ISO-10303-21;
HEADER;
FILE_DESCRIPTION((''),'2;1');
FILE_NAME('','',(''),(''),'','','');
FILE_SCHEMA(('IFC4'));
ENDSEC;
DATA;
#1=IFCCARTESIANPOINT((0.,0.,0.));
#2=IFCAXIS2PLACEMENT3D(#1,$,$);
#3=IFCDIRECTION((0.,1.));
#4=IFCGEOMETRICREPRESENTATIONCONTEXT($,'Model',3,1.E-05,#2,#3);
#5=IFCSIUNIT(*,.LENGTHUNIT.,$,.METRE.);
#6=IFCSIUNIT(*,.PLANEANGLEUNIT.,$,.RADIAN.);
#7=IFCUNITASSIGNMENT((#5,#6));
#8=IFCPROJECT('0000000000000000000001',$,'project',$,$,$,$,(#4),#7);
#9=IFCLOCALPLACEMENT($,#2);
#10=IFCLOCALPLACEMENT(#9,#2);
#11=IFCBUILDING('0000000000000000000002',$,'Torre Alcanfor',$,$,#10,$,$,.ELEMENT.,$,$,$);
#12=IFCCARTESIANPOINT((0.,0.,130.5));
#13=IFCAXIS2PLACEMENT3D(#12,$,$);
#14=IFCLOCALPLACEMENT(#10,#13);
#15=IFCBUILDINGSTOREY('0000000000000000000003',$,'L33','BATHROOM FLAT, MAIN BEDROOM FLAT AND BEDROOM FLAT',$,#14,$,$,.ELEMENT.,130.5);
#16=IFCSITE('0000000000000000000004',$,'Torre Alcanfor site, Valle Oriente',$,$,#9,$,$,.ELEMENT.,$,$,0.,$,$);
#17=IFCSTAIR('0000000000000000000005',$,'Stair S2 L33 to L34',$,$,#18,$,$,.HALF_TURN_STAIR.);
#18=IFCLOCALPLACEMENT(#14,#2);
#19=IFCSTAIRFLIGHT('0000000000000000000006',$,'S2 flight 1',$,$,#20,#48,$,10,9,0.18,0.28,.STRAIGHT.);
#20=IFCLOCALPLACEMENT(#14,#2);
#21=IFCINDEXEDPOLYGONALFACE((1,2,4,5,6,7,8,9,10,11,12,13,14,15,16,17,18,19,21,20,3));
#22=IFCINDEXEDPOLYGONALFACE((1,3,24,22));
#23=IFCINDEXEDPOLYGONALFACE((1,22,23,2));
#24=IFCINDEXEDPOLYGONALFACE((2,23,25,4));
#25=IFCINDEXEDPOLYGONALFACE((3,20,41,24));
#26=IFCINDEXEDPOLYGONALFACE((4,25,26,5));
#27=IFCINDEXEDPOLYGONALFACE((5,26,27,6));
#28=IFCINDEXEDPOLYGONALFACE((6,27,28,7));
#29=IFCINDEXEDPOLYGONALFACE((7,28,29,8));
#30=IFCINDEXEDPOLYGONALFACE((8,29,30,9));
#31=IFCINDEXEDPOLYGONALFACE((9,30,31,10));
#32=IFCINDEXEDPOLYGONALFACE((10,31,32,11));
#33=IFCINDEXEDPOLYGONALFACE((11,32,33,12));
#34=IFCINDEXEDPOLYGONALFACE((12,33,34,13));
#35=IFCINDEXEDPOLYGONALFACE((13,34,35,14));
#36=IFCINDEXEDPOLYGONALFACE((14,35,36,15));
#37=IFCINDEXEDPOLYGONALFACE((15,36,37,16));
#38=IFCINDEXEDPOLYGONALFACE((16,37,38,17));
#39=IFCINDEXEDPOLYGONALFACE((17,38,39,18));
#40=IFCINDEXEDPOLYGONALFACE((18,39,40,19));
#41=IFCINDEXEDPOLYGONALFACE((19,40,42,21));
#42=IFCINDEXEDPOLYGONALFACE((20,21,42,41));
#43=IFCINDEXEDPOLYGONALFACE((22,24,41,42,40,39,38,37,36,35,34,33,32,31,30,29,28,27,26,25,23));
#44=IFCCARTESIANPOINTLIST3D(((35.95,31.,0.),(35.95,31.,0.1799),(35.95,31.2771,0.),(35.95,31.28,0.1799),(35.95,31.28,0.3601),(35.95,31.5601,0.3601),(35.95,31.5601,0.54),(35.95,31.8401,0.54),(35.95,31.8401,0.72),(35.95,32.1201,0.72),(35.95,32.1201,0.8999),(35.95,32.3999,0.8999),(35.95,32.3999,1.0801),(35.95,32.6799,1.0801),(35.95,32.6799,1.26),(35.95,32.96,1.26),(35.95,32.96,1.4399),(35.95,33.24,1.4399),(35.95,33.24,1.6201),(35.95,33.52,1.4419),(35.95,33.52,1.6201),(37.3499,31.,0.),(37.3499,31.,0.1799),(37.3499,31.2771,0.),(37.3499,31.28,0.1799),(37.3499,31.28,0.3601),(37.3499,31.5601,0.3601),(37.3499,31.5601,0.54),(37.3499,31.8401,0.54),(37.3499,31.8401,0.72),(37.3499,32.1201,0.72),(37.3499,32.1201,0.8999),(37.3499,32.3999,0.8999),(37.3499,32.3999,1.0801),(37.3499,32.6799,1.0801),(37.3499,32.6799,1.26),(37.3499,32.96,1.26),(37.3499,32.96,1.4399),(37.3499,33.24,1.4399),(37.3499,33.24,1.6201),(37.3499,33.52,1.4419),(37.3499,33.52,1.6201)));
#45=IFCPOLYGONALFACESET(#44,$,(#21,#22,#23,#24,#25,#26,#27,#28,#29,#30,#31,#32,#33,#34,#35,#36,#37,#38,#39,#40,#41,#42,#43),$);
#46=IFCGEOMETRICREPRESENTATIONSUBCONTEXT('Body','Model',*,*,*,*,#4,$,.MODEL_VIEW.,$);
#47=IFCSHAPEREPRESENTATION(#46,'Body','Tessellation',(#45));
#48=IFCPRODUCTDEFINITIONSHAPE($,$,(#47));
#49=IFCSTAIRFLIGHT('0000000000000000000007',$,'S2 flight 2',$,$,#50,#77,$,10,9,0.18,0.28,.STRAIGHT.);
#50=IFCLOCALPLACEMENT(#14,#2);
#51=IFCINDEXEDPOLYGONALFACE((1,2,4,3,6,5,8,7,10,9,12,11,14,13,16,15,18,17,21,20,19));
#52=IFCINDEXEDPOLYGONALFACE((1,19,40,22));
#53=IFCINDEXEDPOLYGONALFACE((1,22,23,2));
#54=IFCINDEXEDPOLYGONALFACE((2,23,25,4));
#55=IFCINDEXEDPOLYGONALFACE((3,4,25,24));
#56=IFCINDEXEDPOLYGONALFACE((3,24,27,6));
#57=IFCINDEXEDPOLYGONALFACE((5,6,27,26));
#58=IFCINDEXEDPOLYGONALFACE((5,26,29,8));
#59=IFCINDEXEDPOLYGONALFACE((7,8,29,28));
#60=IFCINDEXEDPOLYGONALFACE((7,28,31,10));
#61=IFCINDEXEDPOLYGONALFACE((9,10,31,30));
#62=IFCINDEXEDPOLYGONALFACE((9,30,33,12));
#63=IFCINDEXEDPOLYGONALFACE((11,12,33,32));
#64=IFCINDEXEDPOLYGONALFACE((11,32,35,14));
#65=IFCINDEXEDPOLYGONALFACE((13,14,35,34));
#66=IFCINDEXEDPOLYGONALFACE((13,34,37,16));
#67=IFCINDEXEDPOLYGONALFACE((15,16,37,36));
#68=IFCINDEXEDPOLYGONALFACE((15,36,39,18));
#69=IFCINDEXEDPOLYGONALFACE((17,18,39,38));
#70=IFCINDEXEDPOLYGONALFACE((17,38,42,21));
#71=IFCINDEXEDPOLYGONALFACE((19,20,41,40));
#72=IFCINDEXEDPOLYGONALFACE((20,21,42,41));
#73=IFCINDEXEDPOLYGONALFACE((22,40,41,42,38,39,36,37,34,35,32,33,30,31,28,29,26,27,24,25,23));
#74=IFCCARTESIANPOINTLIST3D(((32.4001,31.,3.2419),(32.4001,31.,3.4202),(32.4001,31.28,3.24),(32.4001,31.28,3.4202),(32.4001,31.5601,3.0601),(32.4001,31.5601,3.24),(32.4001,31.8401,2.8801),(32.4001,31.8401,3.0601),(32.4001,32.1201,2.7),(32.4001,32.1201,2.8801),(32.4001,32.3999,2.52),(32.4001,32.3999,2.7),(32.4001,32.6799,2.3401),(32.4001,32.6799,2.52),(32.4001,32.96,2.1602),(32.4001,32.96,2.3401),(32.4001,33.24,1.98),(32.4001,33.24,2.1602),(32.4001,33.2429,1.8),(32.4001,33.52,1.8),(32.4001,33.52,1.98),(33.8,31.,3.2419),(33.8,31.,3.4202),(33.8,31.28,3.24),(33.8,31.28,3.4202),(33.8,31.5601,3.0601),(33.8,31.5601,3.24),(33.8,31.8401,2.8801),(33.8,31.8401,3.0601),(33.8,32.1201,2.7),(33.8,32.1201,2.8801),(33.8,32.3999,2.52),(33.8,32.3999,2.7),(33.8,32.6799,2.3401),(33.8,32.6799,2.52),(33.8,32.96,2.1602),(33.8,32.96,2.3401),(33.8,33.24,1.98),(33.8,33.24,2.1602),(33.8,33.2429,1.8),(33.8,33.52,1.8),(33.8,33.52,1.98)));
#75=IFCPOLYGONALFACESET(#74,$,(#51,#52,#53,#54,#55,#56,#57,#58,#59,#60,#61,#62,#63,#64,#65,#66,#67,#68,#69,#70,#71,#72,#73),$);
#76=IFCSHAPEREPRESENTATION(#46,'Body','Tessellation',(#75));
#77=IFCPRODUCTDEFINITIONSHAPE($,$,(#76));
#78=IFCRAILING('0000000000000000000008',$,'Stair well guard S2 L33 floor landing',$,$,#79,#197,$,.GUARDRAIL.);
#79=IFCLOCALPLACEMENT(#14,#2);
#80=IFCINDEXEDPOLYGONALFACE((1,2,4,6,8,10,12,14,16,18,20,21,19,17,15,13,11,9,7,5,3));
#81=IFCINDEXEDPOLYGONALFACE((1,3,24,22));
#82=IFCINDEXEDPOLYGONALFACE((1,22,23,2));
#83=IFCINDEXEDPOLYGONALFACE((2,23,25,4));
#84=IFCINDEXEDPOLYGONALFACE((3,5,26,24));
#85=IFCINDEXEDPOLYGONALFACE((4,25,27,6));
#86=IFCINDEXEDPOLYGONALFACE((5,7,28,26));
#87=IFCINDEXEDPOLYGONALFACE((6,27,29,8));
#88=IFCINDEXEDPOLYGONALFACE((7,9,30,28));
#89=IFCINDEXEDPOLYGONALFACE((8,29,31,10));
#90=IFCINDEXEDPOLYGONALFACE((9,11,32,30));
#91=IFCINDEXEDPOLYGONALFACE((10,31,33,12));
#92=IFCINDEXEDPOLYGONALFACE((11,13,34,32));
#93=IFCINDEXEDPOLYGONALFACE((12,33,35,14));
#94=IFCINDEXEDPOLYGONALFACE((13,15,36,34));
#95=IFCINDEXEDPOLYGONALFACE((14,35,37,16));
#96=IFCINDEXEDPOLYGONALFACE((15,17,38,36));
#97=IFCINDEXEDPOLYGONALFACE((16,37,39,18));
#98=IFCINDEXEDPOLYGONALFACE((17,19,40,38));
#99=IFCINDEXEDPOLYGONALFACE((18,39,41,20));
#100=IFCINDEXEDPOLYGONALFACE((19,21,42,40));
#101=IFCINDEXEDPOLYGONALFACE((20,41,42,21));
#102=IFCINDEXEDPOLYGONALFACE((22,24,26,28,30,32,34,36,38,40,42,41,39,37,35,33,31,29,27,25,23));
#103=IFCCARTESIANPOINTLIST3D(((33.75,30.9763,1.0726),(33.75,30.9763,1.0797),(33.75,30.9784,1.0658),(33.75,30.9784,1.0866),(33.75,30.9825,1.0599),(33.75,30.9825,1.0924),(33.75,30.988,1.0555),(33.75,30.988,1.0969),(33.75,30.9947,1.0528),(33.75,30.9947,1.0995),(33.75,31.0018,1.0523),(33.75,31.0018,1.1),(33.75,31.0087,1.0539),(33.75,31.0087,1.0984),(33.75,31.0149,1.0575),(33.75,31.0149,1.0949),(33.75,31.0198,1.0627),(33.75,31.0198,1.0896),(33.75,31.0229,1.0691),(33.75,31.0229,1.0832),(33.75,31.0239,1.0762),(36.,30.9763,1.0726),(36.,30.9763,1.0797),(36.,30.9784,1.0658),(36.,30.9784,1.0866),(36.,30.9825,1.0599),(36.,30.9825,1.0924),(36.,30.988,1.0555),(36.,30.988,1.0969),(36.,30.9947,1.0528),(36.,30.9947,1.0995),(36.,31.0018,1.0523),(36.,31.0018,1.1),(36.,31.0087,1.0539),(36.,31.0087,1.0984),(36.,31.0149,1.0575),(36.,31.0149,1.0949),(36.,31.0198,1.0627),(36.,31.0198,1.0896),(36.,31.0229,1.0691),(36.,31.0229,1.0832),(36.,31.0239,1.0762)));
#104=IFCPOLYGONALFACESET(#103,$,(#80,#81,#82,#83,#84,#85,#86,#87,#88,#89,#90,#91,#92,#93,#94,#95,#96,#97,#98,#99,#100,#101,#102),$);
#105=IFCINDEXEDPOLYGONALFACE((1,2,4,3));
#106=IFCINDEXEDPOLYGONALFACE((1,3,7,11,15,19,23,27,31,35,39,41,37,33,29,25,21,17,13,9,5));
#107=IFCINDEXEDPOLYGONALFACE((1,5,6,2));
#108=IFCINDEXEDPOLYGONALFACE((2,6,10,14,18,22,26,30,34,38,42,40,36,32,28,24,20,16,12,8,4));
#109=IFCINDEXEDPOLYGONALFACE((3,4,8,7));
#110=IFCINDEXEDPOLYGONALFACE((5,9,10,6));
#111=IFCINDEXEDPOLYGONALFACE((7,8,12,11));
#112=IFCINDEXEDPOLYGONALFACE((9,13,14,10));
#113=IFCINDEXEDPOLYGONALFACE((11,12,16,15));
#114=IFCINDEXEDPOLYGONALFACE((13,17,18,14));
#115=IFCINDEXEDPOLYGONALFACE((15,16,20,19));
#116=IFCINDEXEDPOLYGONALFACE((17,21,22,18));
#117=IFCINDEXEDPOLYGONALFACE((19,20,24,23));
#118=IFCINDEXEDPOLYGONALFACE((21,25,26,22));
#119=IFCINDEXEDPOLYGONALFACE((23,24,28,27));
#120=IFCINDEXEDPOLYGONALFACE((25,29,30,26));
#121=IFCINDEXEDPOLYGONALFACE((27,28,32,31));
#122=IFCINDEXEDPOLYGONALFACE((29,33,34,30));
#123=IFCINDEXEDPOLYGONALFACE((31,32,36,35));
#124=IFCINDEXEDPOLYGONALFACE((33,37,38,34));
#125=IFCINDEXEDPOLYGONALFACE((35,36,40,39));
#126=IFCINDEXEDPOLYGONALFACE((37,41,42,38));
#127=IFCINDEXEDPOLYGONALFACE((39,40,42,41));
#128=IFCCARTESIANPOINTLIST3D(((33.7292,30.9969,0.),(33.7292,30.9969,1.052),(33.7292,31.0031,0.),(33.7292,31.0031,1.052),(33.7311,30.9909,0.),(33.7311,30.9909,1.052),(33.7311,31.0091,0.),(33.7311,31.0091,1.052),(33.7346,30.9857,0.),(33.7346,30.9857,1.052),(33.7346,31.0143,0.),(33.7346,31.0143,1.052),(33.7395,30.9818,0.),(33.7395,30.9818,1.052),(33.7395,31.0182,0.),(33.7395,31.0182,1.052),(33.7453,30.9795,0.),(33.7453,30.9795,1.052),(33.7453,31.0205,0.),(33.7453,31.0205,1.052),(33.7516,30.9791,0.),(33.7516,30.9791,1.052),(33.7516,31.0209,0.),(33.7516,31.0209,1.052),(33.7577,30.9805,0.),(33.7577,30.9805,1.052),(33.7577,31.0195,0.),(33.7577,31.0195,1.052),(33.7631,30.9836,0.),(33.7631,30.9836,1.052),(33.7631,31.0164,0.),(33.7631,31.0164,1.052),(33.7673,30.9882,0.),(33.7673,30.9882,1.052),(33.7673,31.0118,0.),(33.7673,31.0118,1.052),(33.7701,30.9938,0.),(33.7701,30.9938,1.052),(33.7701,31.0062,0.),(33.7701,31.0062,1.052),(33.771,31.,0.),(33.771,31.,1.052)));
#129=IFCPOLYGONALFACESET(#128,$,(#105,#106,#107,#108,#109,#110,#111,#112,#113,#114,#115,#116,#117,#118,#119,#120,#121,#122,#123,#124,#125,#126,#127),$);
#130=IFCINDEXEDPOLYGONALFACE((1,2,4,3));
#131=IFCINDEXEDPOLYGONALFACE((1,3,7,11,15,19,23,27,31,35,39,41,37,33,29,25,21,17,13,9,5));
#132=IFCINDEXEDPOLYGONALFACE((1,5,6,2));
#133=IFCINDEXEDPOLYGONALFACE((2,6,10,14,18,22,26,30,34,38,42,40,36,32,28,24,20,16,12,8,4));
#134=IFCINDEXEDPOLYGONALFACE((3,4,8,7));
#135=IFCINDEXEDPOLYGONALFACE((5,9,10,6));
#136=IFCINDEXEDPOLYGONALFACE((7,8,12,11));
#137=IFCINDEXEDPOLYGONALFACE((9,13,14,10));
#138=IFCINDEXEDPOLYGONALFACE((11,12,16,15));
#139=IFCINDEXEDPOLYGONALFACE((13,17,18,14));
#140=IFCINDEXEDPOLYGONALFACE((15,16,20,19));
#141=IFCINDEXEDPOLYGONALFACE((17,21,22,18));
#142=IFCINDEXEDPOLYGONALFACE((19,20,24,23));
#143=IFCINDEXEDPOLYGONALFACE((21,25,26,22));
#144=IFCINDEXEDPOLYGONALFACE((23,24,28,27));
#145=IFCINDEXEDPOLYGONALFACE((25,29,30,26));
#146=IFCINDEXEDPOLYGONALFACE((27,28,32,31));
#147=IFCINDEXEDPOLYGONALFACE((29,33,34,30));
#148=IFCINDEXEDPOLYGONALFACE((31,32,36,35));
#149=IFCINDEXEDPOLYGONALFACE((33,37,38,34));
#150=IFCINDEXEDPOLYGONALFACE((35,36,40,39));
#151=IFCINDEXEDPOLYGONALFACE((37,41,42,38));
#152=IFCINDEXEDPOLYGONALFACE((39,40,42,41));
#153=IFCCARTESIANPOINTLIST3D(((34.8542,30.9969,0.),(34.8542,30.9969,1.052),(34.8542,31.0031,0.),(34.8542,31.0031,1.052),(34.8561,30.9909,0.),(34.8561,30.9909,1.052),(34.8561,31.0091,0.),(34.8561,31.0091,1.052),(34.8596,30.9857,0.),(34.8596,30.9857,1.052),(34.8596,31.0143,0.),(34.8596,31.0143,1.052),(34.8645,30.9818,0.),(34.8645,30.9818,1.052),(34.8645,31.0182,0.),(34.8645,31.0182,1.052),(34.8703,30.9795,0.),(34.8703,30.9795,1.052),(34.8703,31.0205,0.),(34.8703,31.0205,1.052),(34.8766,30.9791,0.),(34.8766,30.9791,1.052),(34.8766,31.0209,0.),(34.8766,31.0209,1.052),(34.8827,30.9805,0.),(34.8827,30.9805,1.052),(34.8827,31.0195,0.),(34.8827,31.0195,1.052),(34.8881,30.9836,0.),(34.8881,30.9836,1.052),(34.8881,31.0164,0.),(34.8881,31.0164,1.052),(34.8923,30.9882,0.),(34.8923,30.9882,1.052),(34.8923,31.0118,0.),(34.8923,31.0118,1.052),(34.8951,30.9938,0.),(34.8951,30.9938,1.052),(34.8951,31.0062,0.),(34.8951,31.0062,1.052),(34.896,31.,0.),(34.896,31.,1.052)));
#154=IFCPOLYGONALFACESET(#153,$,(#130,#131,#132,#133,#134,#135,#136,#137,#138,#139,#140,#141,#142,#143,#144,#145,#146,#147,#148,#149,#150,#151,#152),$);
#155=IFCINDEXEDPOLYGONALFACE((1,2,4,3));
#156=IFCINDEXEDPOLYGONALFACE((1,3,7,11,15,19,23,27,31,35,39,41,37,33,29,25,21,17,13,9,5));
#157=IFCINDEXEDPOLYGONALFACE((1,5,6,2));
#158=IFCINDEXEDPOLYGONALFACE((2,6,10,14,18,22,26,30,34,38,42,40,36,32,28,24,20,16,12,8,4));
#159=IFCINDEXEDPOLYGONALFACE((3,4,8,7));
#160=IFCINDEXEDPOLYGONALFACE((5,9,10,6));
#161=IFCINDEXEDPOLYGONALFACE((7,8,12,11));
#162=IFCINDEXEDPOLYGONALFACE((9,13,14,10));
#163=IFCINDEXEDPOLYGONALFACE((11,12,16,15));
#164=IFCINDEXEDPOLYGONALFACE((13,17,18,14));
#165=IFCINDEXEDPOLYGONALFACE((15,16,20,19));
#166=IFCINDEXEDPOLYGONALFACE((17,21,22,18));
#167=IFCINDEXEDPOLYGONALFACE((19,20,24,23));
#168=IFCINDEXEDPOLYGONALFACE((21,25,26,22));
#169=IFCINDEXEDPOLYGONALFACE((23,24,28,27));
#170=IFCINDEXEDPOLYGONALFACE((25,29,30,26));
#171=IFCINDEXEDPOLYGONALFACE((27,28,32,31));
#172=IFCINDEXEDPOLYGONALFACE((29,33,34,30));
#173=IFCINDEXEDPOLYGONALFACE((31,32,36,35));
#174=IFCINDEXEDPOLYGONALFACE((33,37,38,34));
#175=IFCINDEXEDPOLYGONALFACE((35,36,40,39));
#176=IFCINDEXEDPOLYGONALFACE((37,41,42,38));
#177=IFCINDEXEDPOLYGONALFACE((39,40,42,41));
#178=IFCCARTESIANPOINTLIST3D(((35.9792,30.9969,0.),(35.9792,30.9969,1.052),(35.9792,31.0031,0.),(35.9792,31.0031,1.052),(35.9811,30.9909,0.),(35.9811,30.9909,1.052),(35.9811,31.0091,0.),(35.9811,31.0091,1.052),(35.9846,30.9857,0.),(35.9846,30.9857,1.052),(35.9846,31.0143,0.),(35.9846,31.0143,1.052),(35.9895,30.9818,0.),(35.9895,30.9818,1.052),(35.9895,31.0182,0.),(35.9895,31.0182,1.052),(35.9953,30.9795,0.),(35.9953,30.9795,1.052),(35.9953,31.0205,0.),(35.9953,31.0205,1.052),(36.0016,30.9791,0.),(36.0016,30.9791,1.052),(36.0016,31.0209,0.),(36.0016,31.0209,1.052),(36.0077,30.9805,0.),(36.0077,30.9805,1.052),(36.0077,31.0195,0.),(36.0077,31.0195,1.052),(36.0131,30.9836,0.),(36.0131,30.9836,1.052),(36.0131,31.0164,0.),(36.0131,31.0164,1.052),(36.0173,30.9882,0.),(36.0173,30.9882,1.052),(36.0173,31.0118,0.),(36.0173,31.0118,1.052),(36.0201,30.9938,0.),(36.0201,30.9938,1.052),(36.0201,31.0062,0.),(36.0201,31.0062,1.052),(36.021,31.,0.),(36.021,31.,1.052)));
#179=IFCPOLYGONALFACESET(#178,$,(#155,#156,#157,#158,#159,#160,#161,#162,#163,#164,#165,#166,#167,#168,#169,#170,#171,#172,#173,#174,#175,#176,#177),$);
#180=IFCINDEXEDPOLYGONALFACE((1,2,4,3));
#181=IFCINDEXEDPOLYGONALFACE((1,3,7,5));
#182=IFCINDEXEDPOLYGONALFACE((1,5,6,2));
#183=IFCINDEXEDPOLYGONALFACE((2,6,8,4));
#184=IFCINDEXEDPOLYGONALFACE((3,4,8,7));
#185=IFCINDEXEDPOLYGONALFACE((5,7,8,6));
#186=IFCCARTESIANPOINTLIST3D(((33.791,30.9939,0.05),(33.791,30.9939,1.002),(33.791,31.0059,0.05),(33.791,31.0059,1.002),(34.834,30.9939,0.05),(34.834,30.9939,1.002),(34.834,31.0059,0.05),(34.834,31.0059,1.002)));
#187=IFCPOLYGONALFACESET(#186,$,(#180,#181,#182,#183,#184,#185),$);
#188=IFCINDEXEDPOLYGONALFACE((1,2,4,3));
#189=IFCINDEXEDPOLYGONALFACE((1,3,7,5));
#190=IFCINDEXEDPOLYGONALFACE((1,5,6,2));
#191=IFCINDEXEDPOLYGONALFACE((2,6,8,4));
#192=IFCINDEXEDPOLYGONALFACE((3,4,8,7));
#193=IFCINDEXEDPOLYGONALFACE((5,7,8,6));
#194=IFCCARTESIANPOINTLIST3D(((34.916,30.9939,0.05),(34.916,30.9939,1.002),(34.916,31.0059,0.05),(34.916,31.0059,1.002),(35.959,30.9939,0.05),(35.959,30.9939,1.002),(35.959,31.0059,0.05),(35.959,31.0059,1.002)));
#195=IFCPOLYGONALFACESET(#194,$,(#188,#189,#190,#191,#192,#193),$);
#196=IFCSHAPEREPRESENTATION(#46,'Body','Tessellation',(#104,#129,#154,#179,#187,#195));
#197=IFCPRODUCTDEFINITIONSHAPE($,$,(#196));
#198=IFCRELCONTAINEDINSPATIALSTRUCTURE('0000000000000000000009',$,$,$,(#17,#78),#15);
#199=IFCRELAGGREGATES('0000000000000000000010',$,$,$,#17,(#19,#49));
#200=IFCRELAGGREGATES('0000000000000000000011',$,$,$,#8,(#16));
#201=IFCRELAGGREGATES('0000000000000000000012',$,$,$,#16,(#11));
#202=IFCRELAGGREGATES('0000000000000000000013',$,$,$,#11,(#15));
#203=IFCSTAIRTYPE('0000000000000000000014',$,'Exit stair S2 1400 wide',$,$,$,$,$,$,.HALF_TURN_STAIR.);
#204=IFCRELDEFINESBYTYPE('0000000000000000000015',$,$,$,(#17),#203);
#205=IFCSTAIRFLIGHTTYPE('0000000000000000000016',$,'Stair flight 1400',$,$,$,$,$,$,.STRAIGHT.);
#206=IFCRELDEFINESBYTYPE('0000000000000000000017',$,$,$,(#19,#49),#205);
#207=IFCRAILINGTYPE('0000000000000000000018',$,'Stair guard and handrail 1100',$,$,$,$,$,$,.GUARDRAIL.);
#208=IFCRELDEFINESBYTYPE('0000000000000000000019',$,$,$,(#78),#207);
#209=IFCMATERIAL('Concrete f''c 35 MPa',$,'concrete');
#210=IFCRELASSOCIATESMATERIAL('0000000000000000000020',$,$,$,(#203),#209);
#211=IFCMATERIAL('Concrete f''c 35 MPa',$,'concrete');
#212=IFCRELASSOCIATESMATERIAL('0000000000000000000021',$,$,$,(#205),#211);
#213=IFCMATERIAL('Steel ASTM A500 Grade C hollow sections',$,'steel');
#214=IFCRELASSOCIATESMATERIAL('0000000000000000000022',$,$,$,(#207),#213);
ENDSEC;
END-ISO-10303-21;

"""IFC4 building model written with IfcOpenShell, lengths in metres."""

from ifc_helpers import new_model, si_unit, direction, frame, origin, origin_2d, place, context, subcontext, project, spatial, polyline, circle, outline, extrude, material, type_object, element, aggregate, save


model = new_model("IFC4")

# Units and contexts
model_context = context("Model", 3, precision=1e-05, world=origin(), true_north=direction((0.0, 1.0)))
body_context = subcontext(model_context, "Body", "Model", "MODEL_VIEW")
ifc_project = project(units=[si_unit("LENGTHUNIT", "METRE"), si_unit("PLANEANGLEUNIT", "RADIAN")], contexts=[model_context])

# Site, building, storey
site_placement = place(None, origin())
site = spatial("IfcSite", under=ifc_project, at=site_placement, Name="Torre Alcanfor site, Valle Oriente", CompositionType="ELEMENT", RefElevation=0.0)
building_placement = place(site_placement, origin())
building = spatial("IfcBuilding", under=site, at=building_placement, Name="Torre Alcanfor", CompositionType="ELEMENT")
storey_placement = place(building_placement, frame((0.0, 0.0, 130.5)))
storey = spatial("IfcBuildingStorey", under=building, at=storey_placement, Name="L33", Description="BATHROOM FLAT, MAIN BEDROOM FLAT AND BEDROOM FLAT", CompositionType="ELEMENT", Elevation=130.5)

# Stair, stair flights
ifc_material_1 = material(Name="Concrete f'c 35 MPa", Category="concrete")
stair_type = type_object("IfcStairType", Name="Exit stair S2 1400 wide", PredefinedType="HALF_TURN_STAIR", material=ifc_material_1)
stair_placement = place(storey_placement, origin())
stair = element("IfcStair", 1, at=stair_placement, inside=storey, type_object=stair_type, Name="Stair S2 L33 to L34", PredefinedType="HALF_TURN_STAIR")
ifc_material_2 = material(Name="Concrete f'c 35 MPa", Category="concrete")
stair_flight_type = type_object("IfcStairFlightType", Name="Stair flight 1400", PredefinedType="STRAIGHT", material=ifc_material_2)
stair_flight_1_placement = place(storey_placement, frame((36.6499, 31.0, 0.0), z_axis=(0.0, 0.0, 1.0), x_axis=(0.0, 1.0, 0.0)))
stair_flight_1 = element("IfcStairFlight", 2, at=stair_flight_1_placement, type_object=stair_flight_type, Name="S2 flight 1", NumberOfRisers=10, NumberOfTreads=9, PredefinedType="STRAIGHT", RiserHeight=0.18, TreadLength=0.28, context=body_context, shape_type="SweptSolid", body=[
    extrude(outline(polyline([(0.0, 0.0), (0.0, 0.1799), (0.28, 0.1799), (0.28, 0.3601), (0.5601, 0.3601), (0.5601, 0.54), (0.8401, 0.54), (0.8401, 0.72), (1.1201, 0.72), (1.1201, 0.8999), (1.3999, 0.8999), (1.3999, 1.0801), (1.6799, 1.0801), (1.6799, 1.26), (1.96, 1.26), (1.96, 1.4399), (2.24, 1.4399), (2.24, 1.6201), (2.52, 1.6201), (2.52, 1.8), (2.52, 1.4419), (0.2771, 0.0), (0.0, 0.0)])), frame((0.0, 0.7, 0.0), z_axis=(0.0, -1.0, 0.0), x_axis=(1.0, 0.0, 0.0)), (0.0, 0.0, 1.0), 1.3999),
])
stair_flight_2_placement = place(storey_placement, frame((33.1001, 33.52, 1.8), z_axis=(0.0, 0.0, 1.0), x_axis=(0.0, -1.0, 0.0)))
stair_flight_2 = element("IfcStairFlight", 3, at=stair_flight_2_placement, type_object=stair_flight_type, Name="S2 flight 2", NumberOfRisers=10, NumberOfTreads=9, PredefinedType="STRAIGHT", RiserHeight=0.18, TreadLength=0.28, context=body_context, shape_type="SweptSolid", body=[
    extrude(outline(polyline([(0.0, 0.0), (0.0, 0.1799), (0.28, 0.1799), (0.28, 0.3601), (0.5601, 0.3601), (0.5601, 0.54), (0.8401, 0.54), (0.8401, 0.72), (1.1201, 0.72), (1.1201, 0.8999), (1.3999, 0.8999), (1.3999, 1.0801), (1.6799, 1.0801), (1.6799, 1.26), (1.96, 1.26), (1.96, 1.4399), (2.24, 1.4399), (2.24, 1.6201), (2.52, 1.6201), (2.52, 1.8), (2.52, 1.4419), (0.2771, 0.0), (0.0, 0.0)])), frame((0.0, 0.7, 0.0), z_axis=(0.0, -1.0, 0.0), x_axis=(1.0, 0.0, 0.0)), (0.0, 0.0, 1.0), 1.3999),
])
aggregate(stair, [stair_flight_1, stair_flight_2])

# Railing
ifc_material_3 = material(Name="Steel ASTM A500 Grade C hollow sections", Category="steel")
railing_type_1 = type_object("IfcRailingType", Name="Stair guard and handrail 1100", PredefinedType="GUARDRAIL", material=ifc_material_3)
for number, where, name in (
    (4, (33.75, 31.0, 0.0), "Stair well guard S2 L33 floor landing"),
):
    element("IfcRailing", number, at=place(storey_placement, frame(where)), inside=storey, type_object=railing_type_1, Name=name, PredefinedType="GUARDRAIL", context=body_context, shape_type="SweptSolid", body=[
        extrude(circle(Radius=0.0239, at=origin_2d()), frame((0.0, 0.0, 1.0762), z_axis=(1.0, 0.0, 0.0), x_axis=(0.0, 1.0, 0.0)), (0.0, 0.0, 1.0), 2.25),
        extrude(circle(Radius=0.021, at=origin_2d()), origin(), (0.0, 0.0, 1.0), 1.052),
        extrude(circle(Radius=0.021, at=origin_2d()), frame((1.125, 0.0, 0.0)), (0.0, 0.0, 1.0), 1.052),
        extrude(circle(Radius=0.021, at=origin_2d()), frame((2.25, 0.0, 0.0)), (0.0, 0.0, 1.0), 1.052),
        extrude(outline(polyline([(0.041, 0.05), (1.084, 0.05), (1.084, 1.002), (0.041, 1.002), (0.041, 0.05)])), frame((0.0, 0.0059, 0.0), z_axis=(0.0, -1.0, 0.0), x_axis=(1.0, 0.0, 0.0)), (0.0, 0.0, 1.0), 0.012),
        extrude(outline(polyline([(1.166, 0.05), (2.209, 0.05), (2.209, 1.002), (1.166, 1.002), (1.166, 0.05)])), frame((0.0, 0.0059, 0.0), z_axis=(0.0, -1.0, 0.0), x_axis=(1.0, 0.0, 0.0)), (0.0, 0.0, 1.0), 0.012),
    ])

save(model, "model.ifc")
